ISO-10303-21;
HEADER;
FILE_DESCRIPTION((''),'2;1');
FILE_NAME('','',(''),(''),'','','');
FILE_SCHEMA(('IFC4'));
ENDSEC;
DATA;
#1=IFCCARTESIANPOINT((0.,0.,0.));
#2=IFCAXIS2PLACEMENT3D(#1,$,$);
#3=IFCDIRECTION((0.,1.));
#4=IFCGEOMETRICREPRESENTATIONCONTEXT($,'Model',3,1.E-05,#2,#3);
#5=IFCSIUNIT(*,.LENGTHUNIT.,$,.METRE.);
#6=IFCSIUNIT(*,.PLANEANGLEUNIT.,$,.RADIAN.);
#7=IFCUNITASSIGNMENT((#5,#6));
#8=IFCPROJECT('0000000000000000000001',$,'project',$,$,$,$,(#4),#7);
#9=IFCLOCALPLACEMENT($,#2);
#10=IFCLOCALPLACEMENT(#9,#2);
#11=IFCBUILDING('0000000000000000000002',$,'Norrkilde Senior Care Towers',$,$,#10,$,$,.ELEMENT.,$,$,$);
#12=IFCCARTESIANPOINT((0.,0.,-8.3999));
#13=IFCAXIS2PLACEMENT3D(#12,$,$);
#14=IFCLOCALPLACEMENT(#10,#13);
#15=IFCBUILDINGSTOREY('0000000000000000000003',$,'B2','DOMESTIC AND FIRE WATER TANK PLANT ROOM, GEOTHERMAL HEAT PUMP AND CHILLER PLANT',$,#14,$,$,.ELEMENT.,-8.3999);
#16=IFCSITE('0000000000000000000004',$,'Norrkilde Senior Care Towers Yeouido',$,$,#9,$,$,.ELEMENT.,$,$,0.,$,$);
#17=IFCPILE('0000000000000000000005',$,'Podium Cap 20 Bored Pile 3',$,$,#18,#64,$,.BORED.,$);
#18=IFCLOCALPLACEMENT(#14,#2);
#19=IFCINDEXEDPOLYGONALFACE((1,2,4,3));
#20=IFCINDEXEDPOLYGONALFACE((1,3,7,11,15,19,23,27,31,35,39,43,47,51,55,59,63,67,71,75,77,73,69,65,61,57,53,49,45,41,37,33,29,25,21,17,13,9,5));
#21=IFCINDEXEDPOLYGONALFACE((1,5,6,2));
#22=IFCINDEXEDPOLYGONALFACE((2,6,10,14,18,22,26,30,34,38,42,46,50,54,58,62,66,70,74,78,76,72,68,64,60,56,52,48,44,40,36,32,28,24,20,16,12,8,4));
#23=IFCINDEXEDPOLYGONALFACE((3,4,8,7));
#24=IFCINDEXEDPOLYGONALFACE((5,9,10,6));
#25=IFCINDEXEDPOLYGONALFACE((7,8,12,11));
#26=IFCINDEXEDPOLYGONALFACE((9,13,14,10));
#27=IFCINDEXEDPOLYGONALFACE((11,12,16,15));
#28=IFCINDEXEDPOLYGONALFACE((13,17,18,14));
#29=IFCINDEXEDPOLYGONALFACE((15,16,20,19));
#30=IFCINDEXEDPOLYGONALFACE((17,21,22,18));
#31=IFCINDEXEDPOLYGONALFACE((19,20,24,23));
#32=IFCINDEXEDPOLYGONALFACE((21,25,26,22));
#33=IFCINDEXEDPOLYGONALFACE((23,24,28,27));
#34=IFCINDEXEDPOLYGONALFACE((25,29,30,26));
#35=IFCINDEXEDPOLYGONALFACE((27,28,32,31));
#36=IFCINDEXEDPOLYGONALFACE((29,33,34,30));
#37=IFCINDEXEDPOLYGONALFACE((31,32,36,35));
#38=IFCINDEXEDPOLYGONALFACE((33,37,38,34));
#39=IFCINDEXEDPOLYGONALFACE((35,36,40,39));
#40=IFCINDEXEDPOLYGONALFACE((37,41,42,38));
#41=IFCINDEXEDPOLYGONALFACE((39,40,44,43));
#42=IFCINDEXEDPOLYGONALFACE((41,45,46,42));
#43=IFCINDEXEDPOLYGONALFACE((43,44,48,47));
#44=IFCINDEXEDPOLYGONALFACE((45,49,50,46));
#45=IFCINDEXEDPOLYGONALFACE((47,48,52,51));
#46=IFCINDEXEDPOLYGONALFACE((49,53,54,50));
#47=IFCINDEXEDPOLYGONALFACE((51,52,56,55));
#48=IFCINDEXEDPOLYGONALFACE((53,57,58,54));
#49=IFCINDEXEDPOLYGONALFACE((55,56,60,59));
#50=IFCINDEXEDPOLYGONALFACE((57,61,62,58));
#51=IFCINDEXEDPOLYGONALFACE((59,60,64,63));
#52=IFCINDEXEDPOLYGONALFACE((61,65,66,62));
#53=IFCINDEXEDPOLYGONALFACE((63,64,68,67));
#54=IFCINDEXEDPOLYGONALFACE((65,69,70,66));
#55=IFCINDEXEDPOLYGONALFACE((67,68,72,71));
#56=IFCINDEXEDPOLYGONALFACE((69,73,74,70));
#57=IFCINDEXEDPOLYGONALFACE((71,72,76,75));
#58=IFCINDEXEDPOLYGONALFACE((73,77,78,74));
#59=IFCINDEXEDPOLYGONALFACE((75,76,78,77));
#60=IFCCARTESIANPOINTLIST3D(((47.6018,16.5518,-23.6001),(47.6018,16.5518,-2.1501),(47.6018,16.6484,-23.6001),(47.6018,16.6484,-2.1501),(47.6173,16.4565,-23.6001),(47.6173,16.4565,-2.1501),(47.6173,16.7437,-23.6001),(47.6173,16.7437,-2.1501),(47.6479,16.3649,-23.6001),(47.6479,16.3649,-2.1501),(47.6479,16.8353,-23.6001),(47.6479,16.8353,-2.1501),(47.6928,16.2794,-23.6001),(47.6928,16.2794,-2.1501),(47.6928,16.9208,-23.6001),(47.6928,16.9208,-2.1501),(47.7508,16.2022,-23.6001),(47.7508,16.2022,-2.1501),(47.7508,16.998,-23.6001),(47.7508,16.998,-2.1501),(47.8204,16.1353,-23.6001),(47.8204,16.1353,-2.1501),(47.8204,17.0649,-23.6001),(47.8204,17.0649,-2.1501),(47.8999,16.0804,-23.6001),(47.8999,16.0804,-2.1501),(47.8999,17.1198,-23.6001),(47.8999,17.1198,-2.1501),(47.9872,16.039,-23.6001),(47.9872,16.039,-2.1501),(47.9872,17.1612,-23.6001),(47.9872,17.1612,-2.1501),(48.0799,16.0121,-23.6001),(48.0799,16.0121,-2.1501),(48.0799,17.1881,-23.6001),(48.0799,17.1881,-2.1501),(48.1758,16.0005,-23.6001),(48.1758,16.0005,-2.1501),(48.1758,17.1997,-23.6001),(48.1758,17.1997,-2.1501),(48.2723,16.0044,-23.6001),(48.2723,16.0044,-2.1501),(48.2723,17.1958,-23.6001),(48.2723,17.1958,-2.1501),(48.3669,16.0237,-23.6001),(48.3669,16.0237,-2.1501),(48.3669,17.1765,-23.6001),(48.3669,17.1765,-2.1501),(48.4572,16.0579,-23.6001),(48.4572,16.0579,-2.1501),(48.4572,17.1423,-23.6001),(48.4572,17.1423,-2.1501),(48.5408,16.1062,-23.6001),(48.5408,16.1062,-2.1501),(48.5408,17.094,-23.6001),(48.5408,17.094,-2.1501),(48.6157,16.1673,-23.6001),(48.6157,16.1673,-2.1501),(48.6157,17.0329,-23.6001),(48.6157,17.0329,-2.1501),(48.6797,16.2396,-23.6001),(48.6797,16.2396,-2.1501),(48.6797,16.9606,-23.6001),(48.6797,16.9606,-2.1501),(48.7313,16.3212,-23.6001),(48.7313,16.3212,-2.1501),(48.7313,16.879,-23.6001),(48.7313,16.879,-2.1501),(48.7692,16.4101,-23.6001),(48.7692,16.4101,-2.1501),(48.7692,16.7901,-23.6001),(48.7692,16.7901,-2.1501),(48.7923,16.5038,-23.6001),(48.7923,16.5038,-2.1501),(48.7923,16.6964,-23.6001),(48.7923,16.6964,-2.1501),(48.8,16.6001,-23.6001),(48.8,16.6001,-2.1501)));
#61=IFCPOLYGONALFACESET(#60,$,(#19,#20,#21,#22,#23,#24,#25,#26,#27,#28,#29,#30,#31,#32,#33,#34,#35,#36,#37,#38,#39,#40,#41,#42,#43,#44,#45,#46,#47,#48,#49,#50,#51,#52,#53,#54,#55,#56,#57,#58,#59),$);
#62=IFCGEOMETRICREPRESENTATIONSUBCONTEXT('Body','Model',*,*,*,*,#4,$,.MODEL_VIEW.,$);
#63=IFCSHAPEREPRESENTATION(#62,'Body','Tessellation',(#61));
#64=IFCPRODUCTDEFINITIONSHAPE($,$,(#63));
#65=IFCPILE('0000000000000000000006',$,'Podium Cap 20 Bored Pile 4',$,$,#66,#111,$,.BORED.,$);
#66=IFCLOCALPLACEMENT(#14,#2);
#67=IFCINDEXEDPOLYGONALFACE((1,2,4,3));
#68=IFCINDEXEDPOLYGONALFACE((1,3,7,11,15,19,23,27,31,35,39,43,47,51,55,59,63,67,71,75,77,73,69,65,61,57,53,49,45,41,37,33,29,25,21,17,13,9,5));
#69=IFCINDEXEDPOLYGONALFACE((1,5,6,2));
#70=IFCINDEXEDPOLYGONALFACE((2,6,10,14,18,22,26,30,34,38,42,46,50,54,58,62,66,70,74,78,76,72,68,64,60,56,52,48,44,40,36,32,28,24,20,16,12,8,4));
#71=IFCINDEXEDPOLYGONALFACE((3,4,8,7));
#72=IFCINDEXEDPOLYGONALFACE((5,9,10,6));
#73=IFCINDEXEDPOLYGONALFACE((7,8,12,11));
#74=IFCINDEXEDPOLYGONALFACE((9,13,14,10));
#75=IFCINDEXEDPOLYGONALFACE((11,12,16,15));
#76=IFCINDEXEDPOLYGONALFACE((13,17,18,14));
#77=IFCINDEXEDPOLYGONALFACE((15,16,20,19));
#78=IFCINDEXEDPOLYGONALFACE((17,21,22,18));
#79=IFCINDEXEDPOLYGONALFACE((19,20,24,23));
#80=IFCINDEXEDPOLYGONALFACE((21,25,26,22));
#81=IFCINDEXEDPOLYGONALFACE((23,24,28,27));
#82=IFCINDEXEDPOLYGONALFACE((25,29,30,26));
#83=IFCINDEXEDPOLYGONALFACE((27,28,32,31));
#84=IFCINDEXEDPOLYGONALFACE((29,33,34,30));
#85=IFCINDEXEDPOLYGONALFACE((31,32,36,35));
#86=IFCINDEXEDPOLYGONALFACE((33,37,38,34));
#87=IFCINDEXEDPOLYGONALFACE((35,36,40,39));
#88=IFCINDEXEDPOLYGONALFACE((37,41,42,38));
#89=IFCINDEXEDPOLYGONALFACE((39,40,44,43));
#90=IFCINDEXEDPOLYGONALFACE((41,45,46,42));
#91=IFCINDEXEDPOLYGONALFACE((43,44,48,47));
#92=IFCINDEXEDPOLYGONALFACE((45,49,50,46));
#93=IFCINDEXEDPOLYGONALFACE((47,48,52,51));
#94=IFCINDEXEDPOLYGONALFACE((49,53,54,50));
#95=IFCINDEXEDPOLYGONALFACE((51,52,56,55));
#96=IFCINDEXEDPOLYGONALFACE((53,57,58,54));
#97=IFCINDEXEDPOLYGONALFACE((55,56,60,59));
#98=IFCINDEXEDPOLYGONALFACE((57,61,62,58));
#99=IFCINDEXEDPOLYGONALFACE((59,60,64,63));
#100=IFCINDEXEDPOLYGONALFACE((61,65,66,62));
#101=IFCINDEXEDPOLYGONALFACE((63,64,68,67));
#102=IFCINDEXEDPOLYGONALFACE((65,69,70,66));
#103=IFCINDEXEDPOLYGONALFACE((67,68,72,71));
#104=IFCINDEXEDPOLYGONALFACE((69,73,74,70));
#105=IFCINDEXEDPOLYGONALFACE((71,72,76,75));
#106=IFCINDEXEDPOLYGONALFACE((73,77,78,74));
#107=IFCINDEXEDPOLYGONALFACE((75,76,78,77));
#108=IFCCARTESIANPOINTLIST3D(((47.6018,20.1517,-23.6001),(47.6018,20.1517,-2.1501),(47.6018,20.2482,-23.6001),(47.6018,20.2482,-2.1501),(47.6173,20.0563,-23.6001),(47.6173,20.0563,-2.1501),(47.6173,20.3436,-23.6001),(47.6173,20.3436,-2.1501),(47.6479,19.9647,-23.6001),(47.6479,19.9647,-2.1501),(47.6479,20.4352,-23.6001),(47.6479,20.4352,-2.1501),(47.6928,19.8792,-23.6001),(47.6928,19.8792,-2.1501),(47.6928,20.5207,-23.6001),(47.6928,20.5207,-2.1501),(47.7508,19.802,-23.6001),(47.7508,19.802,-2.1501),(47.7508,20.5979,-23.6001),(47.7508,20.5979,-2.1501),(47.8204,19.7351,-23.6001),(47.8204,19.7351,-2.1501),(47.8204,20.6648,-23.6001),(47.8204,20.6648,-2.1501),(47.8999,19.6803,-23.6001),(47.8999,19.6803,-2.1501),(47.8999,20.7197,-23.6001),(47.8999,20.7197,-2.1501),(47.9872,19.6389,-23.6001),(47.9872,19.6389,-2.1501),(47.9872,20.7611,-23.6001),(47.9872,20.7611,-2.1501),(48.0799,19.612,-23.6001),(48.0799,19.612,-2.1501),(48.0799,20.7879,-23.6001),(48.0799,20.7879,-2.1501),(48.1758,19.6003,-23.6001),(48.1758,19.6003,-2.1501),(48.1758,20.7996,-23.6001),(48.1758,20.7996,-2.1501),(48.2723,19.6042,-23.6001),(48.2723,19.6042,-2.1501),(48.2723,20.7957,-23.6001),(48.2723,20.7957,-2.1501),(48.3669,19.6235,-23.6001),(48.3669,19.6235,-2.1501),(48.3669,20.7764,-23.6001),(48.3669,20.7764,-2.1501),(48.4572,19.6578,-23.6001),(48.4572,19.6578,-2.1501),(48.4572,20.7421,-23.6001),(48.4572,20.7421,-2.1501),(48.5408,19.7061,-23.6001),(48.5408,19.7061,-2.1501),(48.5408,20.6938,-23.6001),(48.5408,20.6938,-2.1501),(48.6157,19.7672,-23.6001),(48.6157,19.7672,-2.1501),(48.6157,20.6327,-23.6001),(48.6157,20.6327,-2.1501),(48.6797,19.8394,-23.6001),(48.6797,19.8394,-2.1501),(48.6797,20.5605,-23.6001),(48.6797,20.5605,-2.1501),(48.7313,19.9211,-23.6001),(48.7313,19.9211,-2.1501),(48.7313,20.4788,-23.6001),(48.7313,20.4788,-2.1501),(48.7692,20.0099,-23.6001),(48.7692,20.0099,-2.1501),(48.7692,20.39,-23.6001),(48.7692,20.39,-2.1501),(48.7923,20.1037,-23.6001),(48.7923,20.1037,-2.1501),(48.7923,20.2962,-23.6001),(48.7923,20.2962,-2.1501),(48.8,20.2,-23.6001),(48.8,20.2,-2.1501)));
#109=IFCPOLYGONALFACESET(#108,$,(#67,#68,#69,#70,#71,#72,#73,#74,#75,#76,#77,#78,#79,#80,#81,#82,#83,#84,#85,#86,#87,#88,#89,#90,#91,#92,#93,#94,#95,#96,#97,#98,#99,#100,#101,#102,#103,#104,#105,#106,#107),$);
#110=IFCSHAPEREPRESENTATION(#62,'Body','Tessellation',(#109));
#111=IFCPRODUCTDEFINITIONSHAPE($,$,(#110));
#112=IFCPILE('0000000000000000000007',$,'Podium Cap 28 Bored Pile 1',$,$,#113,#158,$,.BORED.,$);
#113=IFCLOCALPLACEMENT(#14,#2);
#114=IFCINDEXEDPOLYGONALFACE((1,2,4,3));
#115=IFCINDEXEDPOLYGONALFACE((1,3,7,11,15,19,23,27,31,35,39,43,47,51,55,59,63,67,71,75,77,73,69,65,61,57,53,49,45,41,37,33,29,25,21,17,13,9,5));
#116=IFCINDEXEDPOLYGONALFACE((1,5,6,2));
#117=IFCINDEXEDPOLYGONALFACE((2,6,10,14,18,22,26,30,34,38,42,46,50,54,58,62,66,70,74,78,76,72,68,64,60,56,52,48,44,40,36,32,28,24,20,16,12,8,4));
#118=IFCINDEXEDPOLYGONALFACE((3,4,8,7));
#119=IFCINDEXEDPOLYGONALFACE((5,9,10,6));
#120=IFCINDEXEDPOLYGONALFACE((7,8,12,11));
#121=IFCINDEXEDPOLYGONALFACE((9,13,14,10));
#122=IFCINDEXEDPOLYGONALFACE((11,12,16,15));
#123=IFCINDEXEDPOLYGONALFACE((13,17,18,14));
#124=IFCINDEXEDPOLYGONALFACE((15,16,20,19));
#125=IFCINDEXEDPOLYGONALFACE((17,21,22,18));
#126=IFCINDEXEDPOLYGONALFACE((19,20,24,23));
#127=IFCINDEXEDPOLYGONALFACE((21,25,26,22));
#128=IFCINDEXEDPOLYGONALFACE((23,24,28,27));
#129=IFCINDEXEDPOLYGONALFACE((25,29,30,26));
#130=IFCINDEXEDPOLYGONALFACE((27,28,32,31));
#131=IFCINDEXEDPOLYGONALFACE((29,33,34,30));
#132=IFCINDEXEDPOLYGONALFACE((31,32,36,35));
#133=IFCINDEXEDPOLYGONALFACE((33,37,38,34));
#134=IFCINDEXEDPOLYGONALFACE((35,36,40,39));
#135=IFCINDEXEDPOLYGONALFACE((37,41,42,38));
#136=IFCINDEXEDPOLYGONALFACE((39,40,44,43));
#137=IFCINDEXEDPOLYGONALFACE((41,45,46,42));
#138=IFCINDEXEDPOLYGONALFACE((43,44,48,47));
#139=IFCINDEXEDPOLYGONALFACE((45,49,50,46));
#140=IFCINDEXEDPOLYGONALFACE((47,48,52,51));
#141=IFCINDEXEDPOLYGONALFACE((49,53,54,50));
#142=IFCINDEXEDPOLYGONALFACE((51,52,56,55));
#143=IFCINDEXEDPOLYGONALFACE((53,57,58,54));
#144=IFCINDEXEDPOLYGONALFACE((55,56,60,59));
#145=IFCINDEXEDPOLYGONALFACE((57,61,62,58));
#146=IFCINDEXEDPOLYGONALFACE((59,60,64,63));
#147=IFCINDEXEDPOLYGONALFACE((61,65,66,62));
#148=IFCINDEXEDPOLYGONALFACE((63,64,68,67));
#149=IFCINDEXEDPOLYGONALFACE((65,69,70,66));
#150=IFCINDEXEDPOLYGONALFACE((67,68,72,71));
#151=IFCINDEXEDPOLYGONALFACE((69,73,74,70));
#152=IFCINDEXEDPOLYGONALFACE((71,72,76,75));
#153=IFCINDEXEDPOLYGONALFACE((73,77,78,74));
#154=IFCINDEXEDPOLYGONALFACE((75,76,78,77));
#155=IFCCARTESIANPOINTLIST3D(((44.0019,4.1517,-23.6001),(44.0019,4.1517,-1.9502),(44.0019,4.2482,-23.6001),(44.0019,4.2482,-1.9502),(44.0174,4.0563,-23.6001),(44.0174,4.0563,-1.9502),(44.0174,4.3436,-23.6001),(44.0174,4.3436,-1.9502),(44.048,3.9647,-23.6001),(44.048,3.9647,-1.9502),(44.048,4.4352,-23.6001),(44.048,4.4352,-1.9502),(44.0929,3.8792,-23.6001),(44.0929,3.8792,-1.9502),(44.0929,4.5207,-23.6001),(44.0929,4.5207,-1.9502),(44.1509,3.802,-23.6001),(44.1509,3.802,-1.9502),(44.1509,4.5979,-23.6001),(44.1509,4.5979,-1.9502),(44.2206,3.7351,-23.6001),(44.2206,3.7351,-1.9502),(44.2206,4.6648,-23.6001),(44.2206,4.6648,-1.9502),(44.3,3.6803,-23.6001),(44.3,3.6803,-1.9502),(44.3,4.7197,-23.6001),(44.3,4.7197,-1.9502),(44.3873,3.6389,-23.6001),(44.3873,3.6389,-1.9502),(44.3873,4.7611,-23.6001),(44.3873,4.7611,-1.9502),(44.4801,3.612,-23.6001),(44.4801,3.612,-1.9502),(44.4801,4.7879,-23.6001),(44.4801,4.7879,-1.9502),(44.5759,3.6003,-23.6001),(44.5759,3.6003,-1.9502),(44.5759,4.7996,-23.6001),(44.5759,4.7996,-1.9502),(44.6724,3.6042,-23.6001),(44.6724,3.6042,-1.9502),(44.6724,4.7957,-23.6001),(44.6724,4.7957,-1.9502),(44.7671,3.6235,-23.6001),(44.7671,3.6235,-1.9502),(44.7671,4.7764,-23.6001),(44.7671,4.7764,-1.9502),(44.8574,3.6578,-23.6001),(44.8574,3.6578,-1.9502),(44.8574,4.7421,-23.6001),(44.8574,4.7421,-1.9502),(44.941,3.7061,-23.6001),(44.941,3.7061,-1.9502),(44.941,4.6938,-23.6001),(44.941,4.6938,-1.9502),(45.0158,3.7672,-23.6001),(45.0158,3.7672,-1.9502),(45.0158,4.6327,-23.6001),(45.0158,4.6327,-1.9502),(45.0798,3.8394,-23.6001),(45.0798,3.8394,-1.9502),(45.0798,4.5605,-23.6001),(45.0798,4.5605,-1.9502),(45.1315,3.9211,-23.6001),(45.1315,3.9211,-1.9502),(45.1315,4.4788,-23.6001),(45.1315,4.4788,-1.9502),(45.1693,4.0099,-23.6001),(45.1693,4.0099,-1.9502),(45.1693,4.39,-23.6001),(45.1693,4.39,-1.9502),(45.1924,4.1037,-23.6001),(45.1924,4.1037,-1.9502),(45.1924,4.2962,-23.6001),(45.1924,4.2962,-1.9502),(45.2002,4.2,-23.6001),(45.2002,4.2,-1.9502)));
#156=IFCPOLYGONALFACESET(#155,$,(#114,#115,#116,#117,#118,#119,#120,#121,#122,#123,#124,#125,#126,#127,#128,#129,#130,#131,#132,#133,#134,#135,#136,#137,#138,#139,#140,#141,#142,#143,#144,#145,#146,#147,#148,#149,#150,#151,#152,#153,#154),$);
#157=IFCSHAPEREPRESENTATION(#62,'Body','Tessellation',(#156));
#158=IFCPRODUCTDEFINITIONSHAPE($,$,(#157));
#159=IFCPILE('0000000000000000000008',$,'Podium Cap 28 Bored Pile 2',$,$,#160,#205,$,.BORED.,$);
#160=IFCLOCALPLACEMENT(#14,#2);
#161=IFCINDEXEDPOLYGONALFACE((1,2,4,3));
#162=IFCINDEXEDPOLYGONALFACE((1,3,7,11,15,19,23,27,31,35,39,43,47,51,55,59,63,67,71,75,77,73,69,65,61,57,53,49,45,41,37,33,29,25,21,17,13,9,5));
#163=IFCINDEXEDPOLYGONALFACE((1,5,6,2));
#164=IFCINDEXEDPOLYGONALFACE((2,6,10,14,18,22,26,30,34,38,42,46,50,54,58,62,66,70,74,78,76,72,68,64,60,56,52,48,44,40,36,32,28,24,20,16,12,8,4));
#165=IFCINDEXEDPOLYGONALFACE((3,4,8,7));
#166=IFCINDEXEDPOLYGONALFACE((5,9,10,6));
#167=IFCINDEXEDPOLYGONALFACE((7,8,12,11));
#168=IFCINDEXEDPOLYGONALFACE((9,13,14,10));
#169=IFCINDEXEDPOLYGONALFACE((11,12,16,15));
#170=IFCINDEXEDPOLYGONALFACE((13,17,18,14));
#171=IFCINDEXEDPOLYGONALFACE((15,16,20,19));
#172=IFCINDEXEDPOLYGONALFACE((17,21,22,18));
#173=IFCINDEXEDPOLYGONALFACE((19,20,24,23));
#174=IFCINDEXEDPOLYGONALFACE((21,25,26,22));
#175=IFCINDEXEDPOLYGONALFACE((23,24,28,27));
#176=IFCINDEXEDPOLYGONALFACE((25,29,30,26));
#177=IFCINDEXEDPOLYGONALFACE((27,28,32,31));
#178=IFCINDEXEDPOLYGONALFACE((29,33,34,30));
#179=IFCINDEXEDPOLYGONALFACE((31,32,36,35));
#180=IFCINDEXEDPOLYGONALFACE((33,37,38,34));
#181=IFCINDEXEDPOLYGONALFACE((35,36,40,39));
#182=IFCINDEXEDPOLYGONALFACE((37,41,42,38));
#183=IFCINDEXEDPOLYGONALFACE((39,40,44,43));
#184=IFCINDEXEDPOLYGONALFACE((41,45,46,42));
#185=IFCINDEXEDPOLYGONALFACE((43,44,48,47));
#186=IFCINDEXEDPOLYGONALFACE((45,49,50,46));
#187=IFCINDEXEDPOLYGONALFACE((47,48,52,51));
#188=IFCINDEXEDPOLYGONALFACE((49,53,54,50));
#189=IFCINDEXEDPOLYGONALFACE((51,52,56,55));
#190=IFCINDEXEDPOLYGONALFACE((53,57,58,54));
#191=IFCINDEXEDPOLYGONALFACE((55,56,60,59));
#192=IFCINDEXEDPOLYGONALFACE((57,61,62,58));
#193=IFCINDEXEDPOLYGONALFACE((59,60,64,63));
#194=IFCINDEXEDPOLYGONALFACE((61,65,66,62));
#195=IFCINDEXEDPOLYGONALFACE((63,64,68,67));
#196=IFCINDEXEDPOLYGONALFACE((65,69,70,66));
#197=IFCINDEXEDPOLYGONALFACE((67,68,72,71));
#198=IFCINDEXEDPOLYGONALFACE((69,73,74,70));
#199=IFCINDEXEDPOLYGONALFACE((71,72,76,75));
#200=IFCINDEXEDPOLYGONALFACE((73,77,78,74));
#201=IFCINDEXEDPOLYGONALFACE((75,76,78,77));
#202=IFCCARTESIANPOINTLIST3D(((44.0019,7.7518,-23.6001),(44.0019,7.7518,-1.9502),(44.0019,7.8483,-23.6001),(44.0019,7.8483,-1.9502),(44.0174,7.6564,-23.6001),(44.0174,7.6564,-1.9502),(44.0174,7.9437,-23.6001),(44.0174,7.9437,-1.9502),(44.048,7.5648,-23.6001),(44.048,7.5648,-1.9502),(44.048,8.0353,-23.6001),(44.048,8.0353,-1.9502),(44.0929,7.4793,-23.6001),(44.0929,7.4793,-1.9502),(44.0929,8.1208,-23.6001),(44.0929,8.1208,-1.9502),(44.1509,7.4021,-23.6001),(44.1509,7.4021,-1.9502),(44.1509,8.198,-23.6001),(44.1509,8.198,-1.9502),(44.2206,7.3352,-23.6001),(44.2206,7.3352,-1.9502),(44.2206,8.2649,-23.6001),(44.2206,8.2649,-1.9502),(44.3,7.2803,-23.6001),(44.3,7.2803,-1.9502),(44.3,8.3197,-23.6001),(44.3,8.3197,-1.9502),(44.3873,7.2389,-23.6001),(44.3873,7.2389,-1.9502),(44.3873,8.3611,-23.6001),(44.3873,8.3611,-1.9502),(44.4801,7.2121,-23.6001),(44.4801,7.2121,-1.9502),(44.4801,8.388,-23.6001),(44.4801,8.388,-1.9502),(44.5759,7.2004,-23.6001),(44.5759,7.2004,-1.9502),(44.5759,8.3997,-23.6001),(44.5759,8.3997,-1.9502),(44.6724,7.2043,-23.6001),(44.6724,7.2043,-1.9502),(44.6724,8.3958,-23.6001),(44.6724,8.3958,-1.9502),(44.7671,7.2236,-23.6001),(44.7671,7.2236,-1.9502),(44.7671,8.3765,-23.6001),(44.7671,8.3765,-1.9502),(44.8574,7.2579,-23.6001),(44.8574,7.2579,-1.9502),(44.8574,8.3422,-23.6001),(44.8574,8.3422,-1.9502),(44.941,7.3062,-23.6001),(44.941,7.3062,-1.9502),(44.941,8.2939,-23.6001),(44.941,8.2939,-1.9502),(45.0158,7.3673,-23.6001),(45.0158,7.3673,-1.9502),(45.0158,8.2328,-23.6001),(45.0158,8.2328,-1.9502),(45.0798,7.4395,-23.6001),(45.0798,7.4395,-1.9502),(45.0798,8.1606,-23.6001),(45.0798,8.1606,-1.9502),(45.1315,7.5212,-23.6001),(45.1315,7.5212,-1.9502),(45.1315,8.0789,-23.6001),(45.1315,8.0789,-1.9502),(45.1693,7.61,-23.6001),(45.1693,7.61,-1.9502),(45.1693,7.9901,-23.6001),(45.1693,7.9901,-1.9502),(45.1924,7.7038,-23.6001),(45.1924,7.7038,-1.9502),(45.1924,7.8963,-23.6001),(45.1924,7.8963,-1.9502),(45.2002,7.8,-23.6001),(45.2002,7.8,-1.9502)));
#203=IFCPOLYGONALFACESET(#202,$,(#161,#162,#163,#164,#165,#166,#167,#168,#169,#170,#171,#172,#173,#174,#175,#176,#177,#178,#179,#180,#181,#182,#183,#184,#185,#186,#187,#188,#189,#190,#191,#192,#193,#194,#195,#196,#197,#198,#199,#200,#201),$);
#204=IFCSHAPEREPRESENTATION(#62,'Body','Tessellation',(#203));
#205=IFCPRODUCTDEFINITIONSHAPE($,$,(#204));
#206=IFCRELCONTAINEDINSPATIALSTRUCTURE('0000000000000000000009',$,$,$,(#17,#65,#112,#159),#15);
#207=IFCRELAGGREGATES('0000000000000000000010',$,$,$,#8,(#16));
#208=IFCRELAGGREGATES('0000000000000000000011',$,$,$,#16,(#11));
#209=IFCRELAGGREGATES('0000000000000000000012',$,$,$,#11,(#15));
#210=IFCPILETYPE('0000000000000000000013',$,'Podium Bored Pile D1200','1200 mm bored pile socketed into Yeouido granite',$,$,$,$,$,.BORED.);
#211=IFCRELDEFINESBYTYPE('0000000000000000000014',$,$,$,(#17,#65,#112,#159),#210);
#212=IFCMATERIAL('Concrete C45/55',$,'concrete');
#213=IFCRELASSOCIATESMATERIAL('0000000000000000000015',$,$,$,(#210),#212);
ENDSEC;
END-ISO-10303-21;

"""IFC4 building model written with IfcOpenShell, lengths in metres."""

from ifc_helpers import new_model, si_unit, direction, frame, origin, origin_2d, place, context, subcontext, project, spatial, circle, extrude, source, transform, mapped, material, material_profile, profile_set, type_object, type_shapes, element, save


model = new_model("IFC4")

# Units and contexts
model_context = context("Model", 3, precision=1e-05, world=origin(), true_north=direction((0.0, 1.0)))
body_context = subcontext(model_context, "Body", "Model", "MODEL_VIEW")
ifc_project = project(units=[si_unit("LENGTHUNIT", "METRE"), si_unit("PLANEANGLEUNIT", "RADIAN")], contexts=[model_context])

# Site, building, storey
site_placement = place(None, origin())
site = spatial("IfcSite", under=ifc_project, at=site_placement, Name="Norrkilde Senior Care Towers Yeouido", CompositionType="ELEMENT", RefElevation=0.0)
building_placement = place(site_placement, origin())
building = spatial("IfcBuilding", under=site, at=building_placement, Name="Norrkilde Senior Care Towers", CompositionType="ELEMENT")
storey_placement = place(building_placement, frame((0.0, 0.0, -8.3999)))
storey = spatial("IfcBuildingStorey", under=building, at=storey_placement, Name="B2", Description="DOMESTIC AND FIRE WATER TANK PLANT ROOM, GEOTHERMAL HEAT PUMP AND CHILLER PLANT", CompositionType="ELEMENT", Elevation=-8.3999)

# Piles
ifc_material_1 = material(Name="Concrete C45/55", Category="concrete")
ifc_material_profile_1 = material_profile(ifc_material_1, circle(Radius=0.6001, at=origin_2d()), Name="BORED PILE 1200")
ifc_profile_set_1 = profile_set([ifc_material_profile_1], Name="Concrete C45/55")
pile_type_1 = type_object("IfcPileType", Name="Podium Bored Pile D1200", Description="1200 mm bored pile socketed into Yeouido granite", PredefinedType="BORED", material=ifc_profile_set_1)
shared_shape_1 = source(origin(), body_context, "Body", "SweptSolid", [
    extrude(circle(Radius=0.6001, at=origin_2d()), origin(), (0.0, 0.0, 1.0), 21.45),
])
for number, where, z_axis, x_axis, name in (
    (1, (48.2, 16.6001, -2.1501), (0.0, 0.0, -1.0), (1.0, 0.0, 0.0), "Podium Cap 20 Bored Pile 3"),
    (2, (48.2, 20.2, -2.1501), (0.0, 0.0, -1.0), (1.0, 0.0, 0.0), "Podium Cap 20 Bored Pile 4"),
):
    element("IfcPile", number, at=place(storey_placement, frame(where, z_axis=z_axis, x_axis=x_axis)), inside=storey, type_object=pile_type_1, Name=name, PredefinedType="BORED", context=body_context, shape_type="MappedRepresentation", body=[
        mapped(shared_shape_1, transform((0.0, 0.0, 0.0), x_axis=(1.0, 0.0, 0.0), y_axis=(0.0, 1.0, 0.0), z_axis=(0.0, 0.0, 1.0), scale=1.0)),
    ])
shared_shape_2 = source(origin(), body_context, "Body", "SweptSolid", [
    extrude(circle(Radius=0.6001, at=origin_2d()), origin(), (0.0, 0.0, 1.0), 21.6499),
])
type_shapes(pile_type_1, [shared_shape_1, shared_shape_2])
for number, where, z_axis, x_axis, name in (
    (3, (44.6001, 4.2, -1.9502), (0.0, 0.0, -1.0), (1.0, 0.0, 0.0), "Podium Cap 28 Bored Pile 1"),
    (4, (44.6001, 7.8, -1.9502), (0.0, 0.0, -1.0), (1.0, 0.0, 0.0), "Podium Cap 28 Bored Pile 2"),
):
    element("IfcPile", number, at=place(storey_placement, frame(where, z_axis=z_axis, x_axis=x_axis)), inside=storey, type_object=pile_type_1, Name=name, PredefinedType="BORED", context=body_context, shape_type="MappedRepresentation", body=[
        mapped(shared_shape_2, transform((0.0, 0.0, 0.0), x_axis=(1.0, 0.0, 0.0), y_axis=(0.0, 1.0, 0.0), z_axis=(0.0, 0.0, 1.0), scale=1.0)),
    ])

save(model, "model.ifc")
